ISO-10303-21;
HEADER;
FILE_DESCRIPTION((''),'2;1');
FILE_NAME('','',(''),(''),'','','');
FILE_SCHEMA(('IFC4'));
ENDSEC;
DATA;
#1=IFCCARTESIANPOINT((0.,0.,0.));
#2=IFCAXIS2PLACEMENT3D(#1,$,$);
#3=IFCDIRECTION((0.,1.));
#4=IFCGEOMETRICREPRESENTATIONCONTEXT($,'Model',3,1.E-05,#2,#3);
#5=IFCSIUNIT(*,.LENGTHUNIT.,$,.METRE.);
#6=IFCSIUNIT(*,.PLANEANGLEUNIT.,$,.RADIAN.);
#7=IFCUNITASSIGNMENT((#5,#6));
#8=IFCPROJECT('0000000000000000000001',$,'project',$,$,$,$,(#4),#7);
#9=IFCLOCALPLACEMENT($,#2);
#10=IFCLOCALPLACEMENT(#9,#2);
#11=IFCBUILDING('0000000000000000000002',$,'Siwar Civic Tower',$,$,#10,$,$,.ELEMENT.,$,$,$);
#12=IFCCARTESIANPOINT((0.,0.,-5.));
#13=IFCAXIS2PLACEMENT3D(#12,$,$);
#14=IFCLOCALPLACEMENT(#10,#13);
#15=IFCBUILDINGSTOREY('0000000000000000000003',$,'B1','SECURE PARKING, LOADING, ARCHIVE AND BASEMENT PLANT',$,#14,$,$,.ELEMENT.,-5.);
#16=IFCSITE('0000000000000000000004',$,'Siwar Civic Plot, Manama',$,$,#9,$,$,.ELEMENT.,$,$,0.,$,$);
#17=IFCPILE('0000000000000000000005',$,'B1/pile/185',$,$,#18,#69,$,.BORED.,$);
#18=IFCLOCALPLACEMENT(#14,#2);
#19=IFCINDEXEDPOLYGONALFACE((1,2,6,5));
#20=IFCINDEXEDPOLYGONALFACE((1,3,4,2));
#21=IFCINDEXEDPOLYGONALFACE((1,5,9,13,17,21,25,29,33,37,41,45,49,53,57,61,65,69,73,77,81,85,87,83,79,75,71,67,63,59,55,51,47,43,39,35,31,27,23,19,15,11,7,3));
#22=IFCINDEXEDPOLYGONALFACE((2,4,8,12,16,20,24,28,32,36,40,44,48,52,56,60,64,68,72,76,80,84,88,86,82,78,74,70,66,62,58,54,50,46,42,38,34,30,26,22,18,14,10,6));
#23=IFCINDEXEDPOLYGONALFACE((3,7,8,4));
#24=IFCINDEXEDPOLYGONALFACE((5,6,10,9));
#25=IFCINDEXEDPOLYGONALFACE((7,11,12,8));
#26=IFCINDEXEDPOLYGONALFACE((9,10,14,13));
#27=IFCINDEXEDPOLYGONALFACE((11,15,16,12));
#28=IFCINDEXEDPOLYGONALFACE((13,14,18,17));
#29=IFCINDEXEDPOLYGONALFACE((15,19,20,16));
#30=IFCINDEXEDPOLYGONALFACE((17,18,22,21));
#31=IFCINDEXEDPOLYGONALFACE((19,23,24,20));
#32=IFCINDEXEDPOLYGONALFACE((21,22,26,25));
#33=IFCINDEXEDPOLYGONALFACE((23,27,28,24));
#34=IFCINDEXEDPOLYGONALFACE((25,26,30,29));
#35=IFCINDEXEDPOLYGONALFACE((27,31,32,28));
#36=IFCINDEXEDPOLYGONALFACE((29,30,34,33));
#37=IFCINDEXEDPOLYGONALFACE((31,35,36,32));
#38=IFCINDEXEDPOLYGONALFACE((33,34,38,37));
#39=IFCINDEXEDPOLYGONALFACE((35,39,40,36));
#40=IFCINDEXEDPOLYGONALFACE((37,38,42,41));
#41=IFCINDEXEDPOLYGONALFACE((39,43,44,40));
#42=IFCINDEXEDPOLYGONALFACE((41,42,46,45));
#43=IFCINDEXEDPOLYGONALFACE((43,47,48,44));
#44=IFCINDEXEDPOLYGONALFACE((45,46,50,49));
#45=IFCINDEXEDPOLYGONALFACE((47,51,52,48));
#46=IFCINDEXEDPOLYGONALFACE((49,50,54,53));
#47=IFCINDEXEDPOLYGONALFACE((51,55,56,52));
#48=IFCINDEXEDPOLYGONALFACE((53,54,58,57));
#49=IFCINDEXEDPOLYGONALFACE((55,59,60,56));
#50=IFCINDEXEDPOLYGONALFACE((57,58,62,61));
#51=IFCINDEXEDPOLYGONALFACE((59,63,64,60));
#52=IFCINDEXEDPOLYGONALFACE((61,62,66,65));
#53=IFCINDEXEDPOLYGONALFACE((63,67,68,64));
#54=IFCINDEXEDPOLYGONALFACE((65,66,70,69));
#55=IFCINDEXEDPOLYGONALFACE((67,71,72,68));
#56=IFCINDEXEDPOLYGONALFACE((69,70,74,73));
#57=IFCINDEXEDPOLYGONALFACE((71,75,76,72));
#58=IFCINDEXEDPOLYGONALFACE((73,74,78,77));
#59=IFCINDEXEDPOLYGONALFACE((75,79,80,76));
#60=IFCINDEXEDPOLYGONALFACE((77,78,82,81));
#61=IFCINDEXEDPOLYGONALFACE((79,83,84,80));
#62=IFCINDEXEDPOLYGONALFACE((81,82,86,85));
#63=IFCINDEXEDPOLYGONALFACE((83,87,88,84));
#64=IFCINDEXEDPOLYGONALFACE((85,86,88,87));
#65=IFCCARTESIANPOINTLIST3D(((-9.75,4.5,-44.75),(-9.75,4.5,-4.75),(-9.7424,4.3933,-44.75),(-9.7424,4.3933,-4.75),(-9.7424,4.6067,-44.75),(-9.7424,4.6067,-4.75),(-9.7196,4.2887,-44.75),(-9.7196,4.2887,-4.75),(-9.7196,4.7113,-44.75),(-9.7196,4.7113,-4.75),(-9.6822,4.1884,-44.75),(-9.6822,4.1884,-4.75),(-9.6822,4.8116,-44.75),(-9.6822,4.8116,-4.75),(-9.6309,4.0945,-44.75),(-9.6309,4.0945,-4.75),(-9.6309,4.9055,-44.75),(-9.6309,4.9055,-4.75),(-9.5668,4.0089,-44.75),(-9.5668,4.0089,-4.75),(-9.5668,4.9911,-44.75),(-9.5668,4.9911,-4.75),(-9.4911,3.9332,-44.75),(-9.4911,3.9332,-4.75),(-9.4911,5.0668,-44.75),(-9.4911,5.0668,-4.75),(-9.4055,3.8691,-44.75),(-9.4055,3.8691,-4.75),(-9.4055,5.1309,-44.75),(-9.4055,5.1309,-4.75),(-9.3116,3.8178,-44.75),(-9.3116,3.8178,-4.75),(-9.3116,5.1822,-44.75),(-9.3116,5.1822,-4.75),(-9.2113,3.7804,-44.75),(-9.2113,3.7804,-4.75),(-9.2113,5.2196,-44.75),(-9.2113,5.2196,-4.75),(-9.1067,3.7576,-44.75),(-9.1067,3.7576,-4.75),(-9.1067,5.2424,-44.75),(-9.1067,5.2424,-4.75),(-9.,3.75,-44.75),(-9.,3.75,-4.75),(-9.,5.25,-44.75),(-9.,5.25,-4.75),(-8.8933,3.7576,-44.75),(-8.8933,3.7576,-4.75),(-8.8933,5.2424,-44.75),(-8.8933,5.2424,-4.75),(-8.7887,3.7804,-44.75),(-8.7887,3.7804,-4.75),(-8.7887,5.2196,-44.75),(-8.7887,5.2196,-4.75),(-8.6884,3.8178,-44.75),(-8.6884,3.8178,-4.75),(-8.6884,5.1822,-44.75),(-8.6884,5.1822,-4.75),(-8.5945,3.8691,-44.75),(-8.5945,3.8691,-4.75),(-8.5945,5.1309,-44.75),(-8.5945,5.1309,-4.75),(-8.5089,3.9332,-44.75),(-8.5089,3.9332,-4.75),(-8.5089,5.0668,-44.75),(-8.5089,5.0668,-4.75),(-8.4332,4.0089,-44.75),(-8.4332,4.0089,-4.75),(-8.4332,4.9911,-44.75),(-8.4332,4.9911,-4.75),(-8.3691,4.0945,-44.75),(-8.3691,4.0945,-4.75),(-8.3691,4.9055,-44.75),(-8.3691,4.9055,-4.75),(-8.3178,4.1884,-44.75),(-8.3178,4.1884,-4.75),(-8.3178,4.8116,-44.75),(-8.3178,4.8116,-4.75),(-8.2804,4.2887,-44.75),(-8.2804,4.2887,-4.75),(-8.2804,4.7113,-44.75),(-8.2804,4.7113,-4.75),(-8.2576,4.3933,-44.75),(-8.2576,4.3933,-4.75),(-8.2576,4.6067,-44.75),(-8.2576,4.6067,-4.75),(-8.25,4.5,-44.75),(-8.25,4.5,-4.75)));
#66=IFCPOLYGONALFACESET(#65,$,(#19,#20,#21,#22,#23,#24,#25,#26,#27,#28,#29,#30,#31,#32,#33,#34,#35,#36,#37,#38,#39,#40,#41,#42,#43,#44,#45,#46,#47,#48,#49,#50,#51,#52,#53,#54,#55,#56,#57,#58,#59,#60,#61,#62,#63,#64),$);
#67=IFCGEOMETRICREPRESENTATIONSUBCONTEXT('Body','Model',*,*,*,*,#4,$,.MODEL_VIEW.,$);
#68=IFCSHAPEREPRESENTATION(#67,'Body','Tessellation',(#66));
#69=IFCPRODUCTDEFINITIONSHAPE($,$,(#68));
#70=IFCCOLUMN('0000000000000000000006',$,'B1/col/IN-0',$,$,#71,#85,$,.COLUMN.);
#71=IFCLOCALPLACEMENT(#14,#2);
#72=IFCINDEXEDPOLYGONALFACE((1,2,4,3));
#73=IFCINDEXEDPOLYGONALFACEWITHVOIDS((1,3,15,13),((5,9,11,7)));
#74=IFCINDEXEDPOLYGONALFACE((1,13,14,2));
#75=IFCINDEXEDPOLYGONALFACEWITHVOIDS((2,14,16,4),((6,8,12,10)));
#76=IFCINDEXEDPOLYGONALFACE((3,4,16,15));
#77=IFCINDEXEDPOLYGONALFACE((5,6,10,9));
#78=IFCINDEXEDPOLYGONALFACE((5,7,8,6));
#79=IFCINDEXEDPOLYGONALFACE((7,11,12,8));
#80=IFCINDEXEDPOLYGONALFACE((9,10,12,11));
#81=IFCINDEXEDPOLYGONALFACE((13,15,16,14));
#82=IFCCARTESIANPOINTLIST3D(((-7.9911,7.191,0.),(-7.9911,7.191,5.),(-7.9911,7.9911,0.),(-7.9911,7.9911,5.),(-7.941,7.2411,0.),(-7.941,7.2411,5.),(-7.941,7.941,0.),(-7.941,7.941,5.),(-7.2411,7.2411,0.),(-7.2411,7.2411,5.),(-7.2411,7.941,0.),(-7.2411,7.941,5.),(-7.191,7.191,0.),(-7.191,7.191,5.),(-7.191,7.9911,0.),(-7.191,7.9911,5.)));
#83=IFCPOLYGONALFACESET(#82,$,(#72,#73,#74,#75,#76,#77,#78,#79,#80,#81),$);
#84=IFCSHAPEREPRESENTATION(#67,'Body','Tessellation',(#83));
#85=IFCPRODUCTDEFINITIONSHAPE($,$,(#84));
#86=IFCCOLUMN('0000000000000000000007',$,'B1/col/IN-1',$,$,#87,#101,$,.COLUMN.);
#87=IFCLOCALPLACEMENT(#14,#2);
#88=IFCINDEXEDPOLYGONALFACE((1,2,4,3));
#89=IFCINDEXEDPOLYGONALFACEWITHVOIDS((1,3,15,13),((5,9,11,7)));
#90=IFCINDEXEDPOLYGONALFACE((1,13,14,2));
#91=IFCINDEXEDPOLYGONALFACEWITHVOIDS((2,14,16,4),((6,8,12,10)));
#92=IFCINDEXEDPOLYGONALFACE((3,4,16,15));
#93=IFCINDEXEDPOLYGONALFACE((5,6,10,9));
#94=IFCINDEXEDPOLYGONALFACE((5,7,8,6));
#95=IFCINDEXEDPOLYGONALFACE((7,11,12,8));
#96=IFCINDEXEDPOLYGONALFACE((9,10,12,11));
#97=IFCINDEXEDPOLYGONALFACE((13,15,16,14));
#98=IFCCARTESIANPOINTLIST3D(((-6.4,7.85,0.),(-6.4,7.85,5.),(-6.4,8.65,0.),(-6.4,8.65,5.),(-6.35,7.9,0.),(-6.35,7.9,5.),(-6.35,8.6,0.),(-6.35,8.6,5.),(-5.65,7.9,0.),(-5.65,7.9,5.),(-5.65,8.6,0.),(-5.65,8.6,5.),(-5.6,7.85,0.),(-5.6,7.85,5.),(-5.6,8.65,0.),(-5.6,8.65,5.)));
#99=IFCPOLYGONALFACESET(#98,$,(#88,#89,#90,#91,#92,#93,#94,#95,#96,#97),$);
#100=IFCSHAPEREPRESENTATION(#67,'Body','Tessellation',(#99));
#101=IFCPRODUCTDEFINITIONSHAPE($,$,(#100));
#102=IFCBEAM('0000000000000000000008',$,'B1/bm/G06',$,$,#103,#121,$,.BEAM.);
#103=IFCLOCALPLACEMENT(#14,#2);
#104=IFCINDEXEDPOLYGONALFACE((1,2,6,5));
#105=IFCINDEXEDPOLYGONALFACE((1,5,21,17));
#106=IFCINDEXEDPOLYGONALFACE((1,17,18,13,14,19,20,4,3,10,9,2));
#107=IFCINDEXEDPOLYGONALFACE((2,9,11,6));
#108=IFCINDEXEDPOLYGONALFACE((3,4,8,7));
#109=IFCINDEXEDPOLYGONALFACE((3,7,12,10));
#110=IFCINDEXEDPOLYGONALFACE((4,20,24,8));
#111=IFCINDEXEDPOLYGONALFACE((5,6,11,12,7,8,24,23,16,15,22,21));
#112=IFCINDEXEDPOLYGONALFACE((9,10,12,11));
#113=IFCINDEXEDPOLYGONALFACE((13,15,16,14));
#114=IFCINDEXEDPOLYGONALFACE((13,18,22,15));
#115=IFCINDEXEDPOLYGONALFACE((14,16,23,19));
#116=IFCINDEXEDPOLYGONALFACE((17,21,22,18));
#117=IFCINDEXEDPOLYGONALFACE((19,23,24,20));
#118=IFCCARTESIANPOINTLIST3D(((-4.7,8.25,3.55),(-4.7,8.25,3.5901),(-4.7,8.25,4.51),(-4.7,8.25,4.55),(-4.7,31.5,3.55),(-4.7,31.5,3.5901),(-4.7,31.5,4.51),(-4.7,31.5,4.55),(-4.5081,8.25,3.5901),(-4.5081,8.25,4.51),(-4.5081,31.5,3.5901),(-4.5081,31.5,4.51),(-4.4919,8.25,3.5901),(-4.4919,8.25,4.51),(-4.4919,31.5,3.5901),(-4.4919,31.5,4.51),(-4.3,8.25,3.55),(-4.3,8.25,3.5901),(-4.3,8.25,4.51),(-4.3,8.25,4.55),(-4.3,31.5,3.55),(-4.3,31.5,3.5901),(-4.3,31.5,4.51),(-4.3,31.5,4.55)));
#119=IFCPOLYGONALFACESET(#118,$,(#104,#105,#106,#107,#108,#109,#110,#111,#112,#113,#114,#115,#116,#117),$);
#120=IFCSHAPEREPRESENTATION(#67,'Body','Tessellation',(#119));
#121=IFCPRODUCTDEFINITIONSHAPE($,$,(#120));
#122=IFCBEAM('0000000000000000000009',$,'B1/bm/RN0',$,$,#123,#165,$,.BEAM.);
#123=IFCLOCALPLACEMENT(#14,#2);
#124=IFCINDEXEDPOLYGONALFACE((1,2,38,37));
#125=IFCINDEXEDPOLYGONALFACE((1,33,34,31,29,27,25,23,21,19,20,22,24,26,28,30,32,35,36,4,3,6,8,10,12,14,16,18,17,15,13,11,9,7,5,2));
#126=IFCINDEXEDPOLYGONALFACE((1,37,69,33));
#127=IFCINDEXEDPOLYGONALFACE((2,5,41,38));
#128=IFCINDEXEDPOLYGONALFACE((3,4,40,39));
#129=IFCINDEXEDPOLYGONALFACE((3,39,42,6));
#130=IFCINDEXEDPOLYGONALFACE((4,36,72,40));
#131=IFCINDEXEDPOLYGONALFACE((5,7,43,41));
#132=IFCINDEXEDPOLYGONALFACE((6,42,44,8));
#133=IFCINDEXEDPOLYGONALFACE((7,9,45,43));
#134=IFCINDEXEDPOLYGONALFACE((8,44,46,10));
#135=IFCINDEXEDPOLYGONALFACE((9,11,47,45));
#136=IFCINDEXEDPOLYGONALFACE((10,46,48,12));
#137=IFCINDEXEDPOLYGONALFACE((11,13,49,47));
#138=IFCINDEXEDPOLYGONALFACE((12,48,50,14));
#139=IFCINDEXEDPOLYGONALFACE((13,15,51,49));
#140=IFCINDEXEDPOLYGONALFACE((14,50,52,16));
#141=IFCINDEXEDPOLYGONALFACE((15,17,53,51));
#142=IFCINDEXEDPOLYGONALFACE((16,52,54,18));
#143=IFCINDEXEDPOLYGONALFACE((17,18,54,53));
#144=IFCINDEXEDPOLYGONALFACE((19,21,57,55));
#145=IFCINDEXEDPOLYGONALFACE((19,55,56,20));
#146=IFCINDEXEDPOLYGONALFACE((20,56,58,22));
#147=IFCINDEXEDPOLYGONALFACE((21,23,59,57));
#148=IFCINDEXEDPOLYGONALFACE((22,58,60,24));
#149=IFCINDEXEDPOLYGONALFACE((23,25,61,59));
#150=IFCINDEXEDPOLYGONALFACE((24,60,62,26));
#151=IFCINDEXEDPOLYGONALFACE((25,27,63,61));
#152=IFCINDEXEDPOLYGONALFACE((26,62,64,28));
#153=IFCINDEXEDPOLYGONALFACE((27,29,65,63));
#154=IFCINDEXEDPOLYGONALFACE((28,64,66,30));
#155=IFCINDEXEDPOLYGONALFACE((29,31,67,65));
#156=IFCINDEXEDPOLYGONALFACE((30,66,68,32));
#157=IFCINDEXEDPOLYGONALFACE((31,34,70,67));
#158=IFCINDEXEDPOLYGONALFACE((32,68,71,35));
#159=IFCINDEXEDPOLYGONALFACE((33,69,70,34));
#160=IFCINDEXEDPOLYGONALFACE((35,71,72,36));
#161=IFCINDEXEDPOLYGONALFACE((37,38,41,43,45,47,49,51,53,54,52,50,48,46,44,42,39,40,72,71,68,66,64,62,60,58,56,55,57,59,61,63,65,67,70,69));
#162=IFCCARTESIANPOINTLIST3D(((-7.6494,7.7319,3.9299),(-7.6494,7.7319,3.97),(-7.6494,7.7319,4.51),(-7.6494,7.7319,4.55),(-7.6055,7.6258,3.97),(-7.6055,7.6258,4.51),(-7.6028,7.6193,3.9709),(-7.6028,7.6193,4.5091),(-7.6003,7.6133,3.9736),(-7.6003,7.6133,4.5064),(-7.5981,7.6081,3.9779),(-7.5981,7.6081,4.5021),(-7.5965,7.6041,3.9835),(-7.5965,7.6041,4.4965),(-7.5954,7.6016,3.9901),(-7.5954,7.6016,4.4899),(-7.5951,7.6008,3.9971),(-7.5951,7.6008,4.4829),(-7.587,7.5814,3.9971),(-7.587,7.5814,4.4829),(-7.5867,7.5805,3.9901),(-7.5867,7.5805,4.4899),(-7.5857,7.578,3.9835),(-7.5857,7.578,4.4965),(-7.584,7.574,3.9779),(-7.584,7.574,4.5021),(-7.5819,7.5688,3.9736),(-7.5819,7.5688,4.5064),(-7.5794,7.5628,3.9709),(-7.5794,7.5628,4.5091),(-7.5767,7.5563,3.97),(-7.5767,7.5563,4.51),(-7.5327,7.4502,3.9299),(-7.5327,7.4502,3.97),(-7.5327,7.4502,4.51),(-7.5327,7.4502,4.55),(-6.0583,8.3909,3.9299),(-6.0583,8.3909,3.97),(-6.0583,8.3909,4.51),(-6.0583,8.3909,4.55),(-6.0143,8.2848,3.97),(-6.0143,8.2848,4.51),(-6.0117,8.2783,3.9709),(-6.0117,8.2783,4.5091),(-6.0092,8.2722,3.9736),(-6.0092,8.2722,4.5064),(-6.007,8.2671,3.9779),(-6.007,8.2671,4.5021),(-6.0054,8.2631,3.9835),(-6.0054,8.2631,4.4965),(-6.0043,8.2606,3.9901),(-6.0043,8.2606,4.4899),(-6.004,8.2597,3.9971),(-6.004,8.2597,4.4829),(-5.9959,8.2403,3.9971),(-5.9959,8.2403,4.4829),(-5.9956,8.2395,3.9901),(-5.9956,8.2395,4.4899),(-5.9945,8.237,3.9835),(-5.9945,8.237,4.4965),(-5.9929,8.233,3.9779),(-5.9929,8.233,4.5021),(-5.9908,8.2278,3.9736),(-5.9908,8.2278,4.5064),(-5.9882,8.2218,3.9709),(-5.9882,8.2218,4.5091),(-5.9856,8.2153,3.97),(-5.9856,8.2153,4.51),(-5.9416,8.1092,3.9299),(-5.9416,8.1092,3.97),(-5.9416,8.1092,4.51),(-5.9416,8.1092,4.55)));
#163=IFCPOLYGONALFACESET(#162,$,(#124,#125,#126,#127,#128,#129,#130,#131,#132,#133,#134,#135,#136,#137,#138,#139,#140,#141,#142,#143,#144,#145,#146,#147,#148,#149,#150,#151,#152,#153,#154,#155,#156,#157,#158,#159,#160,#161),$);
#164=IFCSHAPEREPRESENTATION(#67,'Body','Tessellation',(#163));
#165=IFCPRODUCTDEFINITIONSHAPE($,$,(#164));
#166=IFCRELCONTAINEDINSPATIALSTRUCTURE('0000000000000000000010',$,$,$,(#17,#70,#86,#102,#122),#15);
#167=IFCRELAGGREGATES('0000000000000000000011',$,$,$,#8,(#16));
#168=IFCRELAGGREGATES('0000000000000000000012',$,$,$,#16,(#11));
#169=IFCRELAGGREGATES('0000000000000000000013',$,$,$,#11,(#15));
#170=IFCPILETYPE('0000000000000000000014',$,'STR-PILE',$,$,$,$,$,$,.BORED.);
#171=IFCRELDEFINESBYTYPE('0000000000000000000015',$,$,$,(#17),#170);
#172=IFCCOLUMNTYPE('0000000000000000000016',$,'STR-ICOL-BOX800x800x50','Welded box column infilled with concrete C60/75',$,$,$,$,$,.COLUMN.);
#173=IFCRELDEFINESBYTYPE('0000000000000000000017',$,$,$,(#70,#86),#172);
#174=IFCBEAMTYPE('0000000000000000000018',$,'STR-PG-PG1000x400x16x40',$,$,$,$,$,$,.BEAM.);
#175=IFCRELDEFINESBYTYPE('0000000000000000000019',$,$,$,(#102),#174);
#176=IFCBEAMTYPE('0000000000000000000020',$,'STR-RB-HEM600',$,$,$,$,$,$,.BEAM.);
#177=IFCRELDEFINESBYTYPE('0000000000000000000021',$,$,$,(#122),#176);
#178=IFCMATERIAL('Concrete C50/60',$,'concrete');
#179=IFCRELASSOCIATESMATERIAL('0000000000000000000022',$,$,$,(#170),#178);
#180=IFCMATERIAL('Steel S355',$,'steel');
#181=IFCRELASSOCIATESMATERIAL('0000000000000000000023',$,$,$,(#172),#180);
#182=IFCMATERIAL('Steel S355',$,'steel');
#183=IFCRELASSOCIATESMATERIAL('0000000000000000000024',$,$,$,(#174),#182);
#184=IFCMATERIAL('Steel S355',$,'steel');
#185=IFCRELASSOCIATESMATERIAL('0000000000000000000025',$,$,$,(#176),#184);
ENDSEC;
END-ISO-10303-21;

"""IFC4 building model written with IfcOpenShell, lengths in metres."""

from ifc_helpers import new_model, si_unit, direction, frame, origin, origin_2d, place, context, subcontext, project, spatial, hollow_rectangle, circle, i_section, extrude, material, material_profile, profile_set, type_object, element, save


model = new_model("IFC4")

# Units and contexts
model_context = context("Model", 3, precision=1e-05, world=origin(), true_north=direction((0.0, 1.0)))
body_context = subcontext(model_context, "Body", "Model", "MODEL_VIEW")
ifc_project = project(units=[si_unit("LENGTHUNIT", "METRE"), si_unit("PLANEANGLEUNIT", "RADIAN")], contexts=[model_context])

# Site, building, storey
site_placement = place(None, origin())
site = spatial("IfcSite", under=ifc_project, at=site_placement, Name="Siwar Civic Plot, Manama", CompositionType="ELEMENT", RefElevation=0.0)
building_placement = place(site_placement, origin())
building = spatial("IfcBuilding", under=site, at=building_placement, Name="Siwar Civic Tower", CompositionType="ELEMENT")
storey_placement = place(building_placement, frame((0.0, 0.0, -5.0)))
storey = spatial("IfcBuildingStorey", under=building, at=storey_placement, Name="B1", Description="SECURE PARKING, LOADING, ARCHIVE AND BASEMENT PLANT", CompositionType="ELEMENT", Elevation=-5.0)

# Pile
ifc_material_1 = material(Name="Concrete C50/60", Category="concrete")
ifc_material_profile_1 = material_profile(ifc_material_1, circle(Radius=0.75, at=origin_2d()), Name="PILE1500")
ifc_profile_set_1 = profile_set([ifc_material_profile_1], Name="Concrete C50/60")
pile_type = type_object("IfcPileType", Name="STR-PILE", PredefinedType="BORED", material=ifc_profile_set_1)
for number, where, z_axis, x_axis, name in (
    (1, (-9.0, 4.5, -4.75), (0.0, 0.0, -1.0), (1.0, 0.0, 0.0), "B1/pile/185"),
):
    element("IfcPile", number, at=place(storey_placement, frame(where, z_axis=z_axis, x_axis=x_axis)), inside=storey, type_object=pile_type, Name=name, PredefinedType="BORED", context=body_context, shape_type="SweptSolid", body=[
        extrude(circle(Radius=0.75, at=origin_2d()), origin(), (0.0, 0.0, 1.0), 40.0),
    ])

# Columns
ifc_material_2 = material(Name="Steel S355", Category="steel")
ifc_material_profile_2 = material_profile(ifc_material_2, hollow_rectangle(XDim=0.8, YDim=0.8, WallThickness=0.05, at=origin_2d()), Name="BOX800x800x50")
ifc_profile_set_2 = profile_set([ifc_material_profile_2], Name="Steel S355")
column_type = type_object("IfcColumnType", Name="STR-ICOL-BOX800x800x50", Description="Welded box column infilled with concrete C60/75", PredefinedType="COLUMN", material=ifc_profile_set_2)
for number, where, z_axis, x_axis, name in (
    (2, (-7.5911, 7.5911, 0.0), (0.0, 0.0, 1.0), (1.0, 0.0, 0.0), "B1/col/IN-0"),
    (3, (-6.0, 8.25, 0.0), (0.0, 0.0, 1.0), (1.0, 0.0, 0.0), "B1/col/IN-1"),
):
    element("IfcColumn", number, at=place(storey_placement, frame(where, z_axis=z_axis, x_axis=x_axis)), inside=storey, type_object=column_type, Name=name, PredefinedType="COLUMN", context=body_context, shape_type="SweptSolid", body=[
        extrude(hollow_rectangle(XDim=0.8, YDim=0.8, WallThickness=0.05, at=origin_2d()), origin(), (0.0, 0.0, 1.0), 5.0),
    ])

# Beams
ifc_material_3 = material(Name="Steel S355", Category="steel")
ifc_material_profile_3 = material_profile(ifc_material_3, i_section(OverallWidth=0.3999, OverallDepth=1.0, WebThickness=0.0161, FlangeThickness=0.04, at=origin_2d()), Name="PG1000x400x16x40")
ifc_profile_set_3 = profile_set([ifc_material_profile_3], Name="Steel S355")
beam_type_1 = type_object("IfcBeamType", Name="STR-PG-PG1000x400x16x40", PredefinedType="BEAM", material=ifc_profile_set_3)
beam_1_placement = place(storey_placement, frame((-4.5, 8.25, 4.05), z_axis=(0.0, 1.0, 0.0), x_axis=(-1.0, 0.0, 0.0)))
element("IfcBeam", 4, at=beam_1_placement, inside=storey, type_object=beam_type_1, Name="B1/bm/G06", PredefinedType="BEAM", context=body_context, shape_type="SweptSolid", body=[
    extrude(i_section(OverallWidth=0.3999, OverallDepth=1.0, WebThickness=0.0161, FlangeThickness=0.04, at=origin_2d()), origin(), (0.0, 0.0, 1.0), 23.25),
])
ifc_material_4 = material(Name="Steel S355", Category="steel")
ifc_material_profile_4 = material_profile(ifc_material_4, i_section(OverallWidth=0.3049, OverallDepth=0.6201, WebThickness=0.021, FlangeThickness=0.04, FilletRadius=0.0271, at=origin_2d()), Name="HEM600")
ifc_profile_set_4 = profile_set([ifc_material_profile_4], Name="Steel S355")
beam_type_2 = type_object("IfcBeamType", Name="STR-RB-HEM600", PredefinedType="BEAM", material=ifc_profile_set_4)
beam_2_placement = place(storey_placement, frame((-7.5911, 7.5911, 4.24), z_axis=(0.923901, 0.382631, 0.0), x_axis=(-0.382631, 0.923901, 0.0)))
element("IfcBeam", 5, at=beam_2_placement, inside=storey, type_object=beam_type_2, Name="B1/bm/RN0", PredefinedType="BEAM", context=body_context, shape_type="SweptSolid", body=[
    extrude(i_section(OverallWidth=0.3049, OverallDepth=0.6201, WebThickness=0.021, FlangeThickness=0.04, FilletRadius=0.0271, at=origin_2d()), origin(), (0.0, 0.0, 1.0), 1.7222),
])

save(model, "model.ifc")
